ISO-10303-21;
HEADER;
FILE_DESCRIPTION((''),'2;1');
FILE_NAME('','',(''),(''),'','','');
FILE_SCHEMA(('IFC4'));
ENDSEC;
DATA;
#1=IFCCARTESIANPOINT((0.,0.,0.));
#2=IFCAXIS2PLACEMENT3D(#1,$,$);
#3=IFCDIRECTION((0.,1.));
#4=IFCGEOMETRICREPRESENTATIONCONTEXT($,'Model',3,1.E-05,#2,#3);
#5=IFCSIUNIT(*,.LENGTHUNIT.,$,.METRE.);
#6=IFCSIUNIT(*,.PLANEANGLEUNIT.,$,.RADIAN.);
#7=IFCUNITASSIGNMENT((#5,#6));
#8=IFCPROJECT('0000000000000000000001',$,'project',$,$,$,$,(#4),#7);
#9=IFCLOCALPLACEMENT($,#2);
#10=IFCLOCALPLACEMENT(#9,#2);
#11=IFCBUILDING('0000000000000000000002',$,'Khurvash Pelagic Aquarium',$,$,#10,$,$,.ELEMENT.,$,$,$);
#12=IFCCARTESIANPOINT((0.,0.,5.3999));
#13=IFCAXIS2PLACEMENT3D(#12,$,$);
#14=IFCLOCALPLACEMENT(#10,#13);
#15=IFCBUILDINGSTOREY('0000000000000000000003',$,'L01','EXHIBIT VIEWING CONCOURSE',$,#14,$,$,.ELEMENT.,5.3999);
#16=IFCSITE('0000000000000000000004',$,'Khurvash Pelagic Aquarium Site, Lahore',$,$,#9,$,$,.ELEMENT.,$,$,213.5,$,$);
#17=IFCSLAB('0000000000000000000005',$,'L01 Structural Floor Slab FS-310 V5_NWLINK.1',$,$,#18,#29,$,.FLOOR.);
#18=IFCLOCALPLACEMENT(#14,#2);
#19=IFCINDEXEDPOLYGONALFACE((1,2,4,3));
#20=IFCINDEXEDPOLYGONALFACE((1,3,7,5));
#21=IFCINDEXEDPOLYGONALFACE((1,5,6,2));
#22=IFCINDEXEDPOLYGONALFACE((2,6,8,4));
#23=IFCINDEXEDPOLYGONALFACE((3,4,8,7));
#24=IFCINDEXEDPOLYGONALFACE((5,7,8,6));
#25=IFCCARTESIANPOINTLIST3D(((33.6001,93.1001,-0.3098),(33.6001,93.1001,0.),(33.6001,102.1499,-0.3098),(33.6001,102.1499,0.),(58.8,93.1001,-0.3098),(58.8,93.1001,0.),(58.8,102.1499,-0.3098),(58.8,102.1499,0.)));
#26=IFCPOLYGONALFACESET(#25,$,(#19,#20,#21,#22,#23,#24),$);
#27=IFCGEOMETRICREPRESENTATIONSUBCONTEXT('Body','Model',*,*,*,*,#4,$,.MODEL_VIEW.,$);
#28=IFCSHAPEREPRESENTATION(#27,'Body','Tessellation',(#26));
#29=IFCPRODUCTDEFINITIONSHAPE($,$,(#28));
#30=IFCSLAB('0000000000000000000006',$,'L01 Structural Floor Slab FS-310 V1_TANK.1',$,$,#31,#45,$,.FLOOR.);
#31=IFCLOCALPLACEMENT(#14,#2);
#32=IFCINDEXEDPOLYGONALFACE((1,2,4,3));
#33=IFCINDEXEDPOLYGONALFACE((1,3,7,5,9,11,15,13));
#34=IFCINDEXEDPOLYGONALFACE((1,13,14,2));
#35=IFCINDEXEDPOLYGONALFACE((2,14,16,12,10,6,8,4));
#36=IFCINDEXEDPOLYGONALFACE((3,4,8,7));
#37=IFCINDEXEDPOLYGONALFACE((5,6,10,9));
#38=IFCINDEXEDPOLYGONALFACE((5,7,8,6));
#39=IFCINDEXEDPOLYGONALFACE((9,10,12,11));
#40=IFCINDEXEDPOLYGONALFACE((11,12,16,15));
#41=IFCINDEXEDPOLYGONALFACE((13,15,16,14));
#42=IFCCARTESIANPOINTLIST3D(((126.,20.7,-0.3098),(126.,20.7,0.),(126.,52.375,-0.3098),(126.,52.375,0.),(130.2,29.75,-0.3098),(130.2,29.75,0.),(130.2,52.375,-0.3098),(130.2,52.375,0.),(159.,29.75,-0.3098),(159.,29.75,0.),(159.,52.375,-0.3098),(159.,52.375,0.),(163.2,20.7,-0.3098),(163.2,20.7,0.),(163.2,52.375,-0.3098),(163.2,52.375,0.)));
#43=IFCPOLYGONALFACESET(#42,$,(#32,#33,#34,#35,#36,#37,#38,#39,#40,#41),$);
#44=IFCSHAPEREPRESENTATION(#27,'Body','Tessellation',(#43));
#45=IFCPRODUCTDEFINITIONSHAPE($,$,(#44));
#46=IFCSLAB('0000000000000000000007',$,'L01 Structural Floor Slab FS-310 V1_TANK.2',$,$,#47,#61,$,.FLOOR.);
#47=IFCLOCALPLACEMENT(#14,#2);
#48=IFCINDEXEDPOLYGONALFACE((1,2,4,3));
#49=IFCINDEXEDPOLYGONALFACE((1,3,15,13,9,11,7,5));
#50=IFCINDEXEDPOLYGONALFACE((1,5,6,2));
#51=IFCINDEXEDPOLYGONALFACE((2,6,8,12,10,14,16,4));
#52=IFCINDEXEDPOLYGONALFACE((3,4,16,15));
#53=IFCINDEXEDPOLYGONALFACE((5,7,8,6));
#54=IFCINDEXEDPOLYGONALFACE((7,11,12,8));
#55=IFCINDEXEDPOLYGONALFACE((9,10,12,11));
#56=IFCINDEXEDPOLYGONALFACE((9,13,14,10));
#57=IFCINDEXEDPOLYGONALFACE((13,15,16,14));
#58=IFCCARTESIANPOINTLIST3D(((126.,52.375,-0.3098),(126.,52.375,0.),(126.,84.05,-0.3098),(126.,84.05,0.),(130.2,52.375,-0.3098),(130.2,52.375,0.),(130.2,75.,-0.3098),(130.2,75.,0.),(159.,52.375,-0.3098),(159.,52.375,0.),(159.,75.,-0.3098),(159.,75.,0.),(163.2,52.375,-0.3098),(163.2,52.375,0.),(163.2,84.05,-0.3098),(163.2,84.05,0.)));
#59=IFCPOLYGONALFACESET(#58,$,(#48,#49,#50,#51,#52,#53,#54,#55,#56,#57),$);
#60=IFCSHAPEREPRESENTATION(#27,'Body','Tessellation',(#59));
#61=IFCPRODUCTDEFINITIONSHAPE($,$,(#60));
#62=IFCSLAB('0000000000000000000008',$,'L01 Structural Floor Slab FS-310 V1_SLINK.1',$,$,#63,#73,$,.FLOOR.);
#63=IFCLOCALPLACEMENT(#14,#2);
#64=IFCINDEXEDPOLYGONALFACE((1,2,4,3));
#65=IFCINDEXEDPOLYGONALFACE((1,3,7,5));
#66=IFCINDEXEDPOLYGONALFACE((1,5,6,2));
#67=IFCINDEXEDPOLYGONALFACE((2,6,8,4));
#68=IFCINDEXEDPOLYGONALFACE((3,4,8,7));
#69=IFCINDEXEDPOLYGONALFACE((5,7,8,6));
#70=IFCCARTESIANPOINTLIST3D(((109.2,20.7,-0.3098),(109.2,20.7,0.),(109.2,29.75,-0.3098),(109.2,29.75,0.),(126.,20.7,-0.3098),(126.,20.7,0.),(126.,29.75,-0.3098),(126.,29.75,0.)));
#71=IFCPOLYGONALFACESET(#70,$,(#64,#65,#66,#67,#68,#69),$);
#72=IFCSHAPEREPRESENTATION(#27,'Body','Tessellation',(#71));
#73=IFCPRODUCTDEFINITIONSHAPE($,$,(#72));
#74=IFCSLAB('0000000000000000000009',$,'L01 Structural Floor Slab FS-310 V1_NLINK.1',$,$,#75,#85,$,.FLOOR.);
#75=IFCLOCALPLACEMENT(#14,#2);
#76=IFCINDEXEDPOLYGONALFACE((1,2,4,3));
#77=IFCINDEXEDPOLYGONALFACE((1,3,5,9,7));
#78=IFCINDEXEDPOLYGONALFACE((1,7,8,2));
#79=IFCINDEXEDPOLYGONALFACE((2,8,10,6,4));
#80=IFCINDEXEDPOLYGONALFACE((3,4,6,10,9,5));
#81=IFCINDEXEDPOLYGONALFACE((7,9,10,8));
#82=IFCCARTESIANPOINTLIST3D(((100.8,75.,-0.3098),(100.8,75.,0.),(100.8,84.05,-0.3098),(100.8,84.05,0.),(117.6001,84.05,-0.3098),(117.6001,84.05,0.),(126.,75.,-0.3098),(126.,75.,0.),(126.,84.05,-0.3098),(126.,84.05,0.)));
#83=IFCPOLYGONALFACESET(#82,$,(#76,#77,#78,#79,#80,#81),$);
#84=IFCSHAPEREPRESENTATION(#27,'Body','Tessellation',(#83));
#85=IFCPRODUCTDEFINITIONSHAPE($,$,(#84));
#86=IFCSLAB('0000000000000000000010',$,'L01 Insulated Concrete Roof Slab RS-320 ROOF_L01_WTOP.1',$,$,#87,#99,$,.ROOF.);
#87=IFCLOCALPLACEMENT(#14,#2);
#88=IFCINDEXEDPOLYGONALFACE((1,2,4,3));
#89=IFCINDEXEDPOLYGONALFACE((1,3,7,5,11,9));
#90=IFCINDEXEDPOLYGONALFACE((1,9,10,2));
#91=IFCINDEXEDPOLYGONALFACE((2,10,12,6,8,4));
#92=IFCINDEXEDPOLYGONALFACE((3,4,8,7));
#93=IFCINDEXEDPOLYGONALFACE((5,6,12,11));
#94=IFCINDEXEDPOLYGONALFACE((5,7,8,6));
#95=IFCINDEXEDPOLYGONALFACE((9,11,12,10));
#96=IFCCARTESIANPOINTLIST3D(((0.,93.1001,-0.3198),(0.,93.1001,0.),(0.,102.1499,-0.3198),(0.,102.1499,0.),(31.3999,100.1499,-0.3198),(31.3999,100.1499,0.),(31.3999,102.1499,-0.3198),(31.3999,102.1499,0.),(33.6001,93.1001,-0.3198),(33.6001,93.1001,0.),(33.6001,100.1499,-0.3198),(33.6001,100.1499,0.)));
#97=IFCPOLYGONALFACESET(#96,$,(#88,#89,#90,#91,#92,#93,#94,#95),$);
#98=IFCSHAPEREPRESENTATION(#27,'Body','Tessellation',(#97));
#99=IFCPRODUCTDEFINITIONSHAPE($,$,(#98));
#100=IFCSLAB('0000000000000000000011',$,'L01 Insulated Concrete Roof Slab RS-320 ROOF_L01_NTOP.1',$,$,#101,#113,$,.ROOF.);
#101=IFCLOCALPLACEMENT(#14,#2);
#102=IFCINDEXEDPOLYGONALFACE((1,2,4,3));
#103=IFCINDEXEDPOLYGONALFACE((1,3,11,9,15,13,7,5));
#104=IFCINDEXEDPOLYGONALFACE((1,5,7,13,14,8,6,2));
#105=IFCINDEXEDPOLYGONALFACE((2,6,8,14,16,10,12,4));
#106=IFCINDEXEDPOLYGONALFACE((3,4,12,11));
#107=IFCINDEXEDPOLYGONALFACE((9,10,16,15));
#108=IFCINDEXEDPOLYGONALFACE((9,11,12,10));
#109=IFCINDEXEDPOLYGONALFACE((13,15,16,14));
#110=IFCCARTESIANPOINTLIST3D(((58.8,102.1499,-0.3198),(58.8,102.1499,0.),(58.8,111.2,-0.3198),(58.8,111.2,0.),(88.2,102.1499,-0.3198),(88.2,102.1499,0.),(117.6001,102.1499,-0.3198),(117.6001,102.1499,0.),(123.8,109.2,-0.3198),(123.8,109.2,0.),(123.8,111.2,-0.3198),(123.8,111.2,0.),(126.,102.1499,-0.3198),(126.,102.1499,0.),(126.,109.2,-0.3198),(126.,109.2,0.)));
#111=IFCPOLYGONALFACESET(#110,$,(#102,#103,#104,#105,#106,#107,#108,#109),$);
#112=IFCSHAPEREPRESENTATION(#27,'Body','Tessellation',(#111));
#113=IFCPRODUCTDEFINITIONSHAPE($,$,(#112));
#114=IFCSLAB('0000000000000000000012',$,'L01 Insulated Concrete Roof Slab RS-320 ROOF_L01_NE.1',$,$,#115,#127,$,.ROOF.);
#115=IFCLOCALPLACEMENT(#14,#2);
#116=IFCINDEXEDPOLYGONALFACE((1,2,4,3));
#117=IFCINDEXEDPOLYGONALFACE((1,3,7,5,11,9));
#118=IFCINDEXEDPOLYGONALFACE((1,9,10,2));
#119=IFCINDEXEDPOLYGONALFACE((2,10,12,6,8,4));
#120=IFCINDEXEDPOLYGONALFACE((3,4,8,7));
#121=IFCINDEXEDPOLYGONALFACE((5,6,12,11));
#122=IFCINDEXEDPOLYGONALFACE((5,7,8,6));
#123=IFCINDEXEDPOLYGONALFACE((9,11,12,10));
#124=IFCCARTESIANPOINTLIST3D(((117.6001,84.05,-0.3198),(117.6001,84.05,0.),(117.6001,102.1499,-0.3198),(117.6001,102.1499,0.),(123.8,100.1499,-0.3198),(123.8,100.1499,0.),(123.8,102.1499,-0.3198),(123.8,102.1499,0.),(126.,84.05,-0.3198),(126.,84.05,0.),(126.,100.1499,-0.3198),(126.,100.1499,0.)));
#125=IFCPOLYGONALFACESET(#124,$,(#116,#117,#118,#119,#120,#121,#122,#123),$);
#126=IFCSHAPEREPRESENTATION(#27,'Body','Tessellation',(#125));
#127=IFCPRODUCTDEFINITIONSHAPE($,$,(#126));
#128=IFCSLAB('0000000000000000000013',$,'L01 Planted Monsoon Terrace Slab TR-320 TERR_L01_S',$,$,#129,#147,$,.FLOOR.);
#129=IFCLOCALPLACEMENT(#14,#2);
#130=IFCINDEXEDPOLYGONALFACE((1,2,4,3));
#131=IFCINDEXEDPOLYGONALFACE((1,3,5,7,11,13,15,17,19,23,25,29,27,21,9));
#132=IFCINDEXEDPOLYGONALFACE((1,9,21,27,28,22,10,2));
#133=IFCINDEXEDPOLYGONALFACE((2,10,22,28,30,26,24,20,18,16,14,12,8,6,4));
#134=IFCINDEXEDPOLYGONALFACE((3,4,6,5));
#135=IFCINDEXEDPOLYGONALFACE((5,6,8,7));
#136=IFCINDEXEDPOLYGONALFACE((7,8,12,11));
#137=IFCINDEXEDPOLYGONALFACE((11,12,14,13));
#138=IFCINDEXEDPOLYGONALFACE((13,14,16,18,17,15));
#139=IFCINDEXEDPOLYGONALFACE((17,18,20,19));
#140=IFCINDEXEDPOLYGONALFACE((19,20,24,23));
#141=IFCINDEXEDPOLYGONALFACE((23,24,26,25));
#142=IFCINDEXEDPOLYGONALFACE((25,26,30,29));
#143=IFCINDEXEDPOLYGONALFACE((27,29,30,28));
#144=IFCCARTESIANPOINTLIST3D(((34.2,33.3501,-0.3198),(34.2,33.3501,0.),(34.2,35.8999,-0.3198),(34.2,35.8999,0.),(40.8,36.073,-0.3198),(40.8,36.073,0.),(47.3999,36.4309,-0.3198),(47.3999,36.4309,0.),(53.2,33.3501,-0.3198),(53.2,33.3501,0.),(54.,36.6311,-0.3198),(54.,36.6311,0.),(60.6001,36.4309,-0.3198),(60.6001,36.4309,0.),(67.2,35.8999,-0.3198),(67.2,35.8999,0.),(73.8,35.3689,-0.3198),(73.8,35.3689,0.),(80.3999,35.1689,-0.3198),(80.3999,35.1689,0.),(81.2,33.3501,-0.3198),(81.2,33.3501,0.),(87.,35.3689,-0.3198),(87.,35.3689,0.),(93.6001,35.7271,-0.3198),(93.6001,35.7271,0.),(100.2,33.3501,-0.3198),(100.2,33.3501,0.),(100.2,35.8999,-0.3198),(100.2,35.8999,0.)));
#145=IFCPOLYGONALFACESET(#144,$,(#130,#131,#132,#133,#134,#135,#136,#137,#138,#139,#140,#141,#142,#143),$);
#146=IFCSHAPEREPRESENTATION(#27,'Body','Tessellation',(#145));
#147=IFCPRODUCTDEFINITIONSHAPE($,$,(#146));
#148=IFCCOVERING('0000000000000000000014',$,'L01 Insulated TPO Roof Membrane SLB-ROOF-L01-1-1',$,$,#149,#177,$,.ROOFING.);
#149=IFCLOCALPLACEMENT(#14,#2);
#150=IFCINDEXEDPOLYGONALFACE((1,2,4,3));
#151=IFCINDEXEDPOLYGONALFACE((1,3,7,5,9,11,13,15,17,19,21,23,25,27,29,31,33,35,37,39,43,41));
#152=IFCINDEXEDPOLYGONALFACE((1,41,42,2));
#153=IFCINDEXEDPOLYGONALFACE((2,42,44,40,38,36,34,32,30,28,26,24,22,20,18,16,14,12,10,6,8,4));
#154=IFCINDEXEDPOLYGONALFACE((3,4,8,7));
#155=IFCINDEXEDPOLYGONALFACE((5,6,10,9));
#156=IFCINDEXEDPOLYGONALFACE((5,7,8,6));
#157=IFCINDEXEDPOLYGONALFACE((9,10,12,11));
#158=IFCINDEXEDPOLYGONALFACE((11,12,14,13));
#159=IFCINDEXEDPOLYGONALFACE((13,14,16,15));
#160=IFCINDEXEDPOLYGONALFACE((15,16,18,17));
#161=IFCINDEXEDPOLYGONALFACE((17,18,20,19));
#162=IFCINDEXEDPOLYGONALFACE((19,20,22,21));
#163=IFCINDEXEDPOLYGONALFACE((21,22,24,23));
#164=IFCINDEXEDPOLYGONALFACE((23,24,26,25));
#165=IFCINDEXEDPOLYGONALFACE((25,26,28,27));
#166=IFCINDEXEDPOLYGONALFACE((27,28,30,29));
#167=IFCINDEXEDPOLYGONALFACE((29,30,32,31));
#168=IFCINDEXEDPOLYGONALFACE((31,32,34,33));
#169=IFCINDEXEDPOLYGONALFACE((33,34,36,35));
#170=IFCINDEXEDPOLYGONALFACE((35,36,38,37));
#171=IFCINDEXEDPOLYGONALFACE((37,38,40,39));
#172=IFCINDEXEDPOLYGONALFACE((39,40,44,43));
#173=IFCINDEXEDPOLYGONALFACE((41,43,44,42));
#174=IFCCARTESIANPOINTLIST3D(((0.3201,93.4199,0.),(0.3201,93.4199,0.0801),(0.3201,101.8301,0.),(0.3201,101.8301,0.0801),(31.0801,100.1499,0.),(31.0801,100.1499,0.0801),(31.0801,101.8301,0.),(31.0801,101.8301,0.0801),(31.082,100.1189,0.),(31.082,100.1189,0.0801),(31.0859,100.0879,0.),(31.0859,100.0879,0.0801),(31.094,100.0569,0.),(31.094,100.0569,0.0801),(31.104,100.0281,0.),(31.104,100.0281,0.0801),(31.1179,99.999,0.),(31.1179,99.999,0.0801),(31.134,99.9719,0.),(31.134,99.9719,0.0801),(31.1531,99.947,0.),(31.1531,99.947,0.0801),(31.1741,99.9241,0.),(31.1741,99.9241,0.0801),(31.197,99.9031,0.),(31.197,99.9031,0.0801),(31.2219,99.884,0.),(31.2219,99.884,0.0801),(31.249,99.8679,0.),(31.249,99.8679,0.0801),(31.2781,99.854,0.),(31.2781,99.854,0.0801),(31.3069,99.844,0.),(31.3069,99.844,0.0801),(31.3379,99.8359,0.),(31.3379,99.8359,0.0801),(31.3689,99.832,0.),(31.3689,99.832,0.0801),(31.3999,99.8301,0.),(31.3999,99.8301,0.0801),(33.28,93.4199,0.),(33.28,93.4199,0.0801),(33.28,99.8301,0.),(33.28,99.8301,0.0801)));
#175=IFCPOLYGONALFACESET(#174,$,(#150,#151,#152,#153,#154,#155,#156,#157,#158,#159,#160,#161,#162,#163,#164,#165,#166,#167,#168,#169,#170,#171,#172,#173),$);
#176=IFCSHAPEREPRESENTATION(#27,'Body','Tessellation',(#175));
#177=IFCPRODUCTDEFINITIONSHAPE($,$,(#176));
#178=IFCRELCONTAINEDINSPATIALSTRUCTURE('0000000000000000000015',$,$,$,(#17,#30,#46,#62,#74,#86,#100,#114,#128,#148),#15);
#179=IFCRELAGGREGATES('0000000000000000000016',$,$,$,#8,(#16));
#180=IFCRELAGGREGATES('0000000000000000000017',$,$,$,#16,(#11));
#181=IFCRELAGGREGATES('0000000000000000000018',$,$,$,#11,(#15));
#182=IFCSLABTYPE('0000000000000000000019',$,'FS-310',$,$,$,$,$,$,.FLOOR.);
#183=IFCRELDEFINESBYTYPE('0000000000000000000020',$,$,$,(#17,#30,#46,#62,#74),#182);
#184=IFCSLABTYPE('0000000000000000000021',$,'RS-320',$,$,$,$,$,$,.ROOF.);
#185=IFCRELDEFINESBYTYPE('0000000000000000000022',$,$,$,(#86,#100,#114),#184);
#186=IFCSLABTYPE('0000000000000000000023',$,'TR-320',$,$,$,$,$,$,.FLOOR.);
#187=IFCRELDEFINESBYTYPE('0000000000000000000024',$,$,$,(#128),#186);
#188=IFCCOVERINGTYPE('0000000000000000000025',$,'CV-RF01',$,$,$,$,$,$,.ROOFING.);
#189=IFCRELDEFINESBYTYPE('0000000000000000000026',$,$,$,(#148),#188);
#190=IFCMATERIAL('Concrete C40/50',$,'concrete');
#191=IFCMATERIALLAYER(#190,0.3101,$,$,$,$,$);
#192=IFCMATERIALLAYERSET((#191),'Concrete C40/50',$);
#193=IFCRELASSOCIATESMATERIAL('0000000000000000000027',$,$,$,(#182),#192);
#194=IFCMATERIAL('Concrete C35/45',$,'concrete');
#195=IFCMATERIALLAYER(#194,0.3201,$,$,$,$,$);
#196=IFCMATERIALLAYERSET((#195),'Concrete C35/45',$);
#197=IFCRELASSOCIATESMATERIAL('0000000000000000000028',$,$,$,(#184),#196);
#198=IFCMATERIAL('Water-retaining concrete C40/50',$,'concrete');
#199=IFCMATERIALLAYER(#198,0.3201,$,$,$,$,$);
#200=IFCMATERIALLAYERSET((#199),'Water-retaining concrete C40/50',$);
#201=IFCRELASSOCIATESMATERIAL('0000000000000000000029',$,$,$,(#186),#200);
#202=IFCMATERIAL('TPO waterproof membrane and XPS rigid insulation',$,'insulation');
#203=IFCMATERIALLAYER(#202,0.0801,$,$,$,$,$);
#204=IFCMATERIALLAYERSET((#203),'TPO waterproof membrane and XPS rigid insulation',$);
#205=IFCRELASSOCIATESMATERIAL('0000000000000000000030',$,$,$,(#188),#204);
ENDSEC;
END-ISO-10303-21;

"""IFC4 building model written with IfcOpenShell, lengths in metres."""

from ifc_helpers import new_model, si_unit, direction, frame, origin, place, context, subcontext, project, spatial, polyline, outline, extrude, material, layer, layer_set, type_object, element, save


model = new_model("IFC4")

# Units and contexts
model_context = context("Model", 3, precision=1e-05, world=origin(), true_north=direction((0.0, 1.0)))
body_context = subcontext(model_context, "Body", "Model", "MODEL_VIEW")
ifc_project = project(units=[si_unit("LENGTHUNIT", "METRE"), si_unit("PLANEANGLEUNIT", "RADIAN")], contexts=[model_context])

# Site, building, storey
site_placement = place(None, origin())
site = spatial("IfcSite", under=ifc_project, at=site_placement, Name="Khurvash Pelagic Aquarium Site, Lahore", CompositionType="ELEMENT", RefElevation=213.5)
building_placement = place(site_placement, origin())
building = spatial("IfcBuilding", under=site, at=building_placement, Name="Khurvash Pelagic Aquarium", CompositionType="ELEMENT")
storey_placement = place(building_placement, frame((0.0, 0.0, 5.3999)))
storey = spatial("IfcBuildingStorey", under=building, at=storey_placement, Name="L01", Description="EXHIBIT VIEWING CONCOURSE", CompositionType="ELEMENT", Elevation=5.3999)

# Slabs
ifc_material_1 = material(Name="Concrete C40/50", Category="concrete")
ifc_layer_1 = layer(ifc_material_1, 0.3101)
ifc_layer_set_1 = layer_set([ifc_layer_1], Name="Concrete C40/50")
slab_type_1 = type_object("IfcSlabType", Name="FS-310", PredefinedType="FLOOR", material=ifc_layer_set_1)
slab_1_placement = place(storey_placement, frame((0.0, 0.0, -0.3098)))
element("IfcSlab", 1, at=slab_1_placement, inside=storey, type_object=slab_type_1, Name="L01 Structural Floor Slab FS-310 V5_NWLINK.1", PredefinedType="FLOOR", context=body_context, shape_type="SweptSolid", body=[
    extrude(outline(polyline([(58.8, 102.1499), (33.6001, 102.1499), (33.6001, 93.1001), (58.8, 93.1001), (58.8, 102.1499)])), origin(), (0.0, 0.0, 1.0), 0.3098),
])
slab_2_placement = place(storey_placement, frame((0.0, 0.0, -0.3098)))
element("IfcSlab", 2, at=slab_2_placement, inside=storey, type_object=slab_type_1, Name="L01 Structural Floor Slab FS-310 V1_TANK.1", PredefinedType="FLOOR", context=body_context, shape_type="SweptSolid", body=[
    extrude(outline(polyline([(159.0, 52.375), (159.0, 29.75), (130.2, 29.75), (130.2, 52.375), (126.0, 52.375), (126.0, 20.7), (163.2, 20.7), (163.2, 52.375), (159.0, 52.375)])), origin(), (0.0, 0.0, 1.0), 0.3098),
])
slab_3_placement = place(storey_placement, frame((0.0, 0.0, -0.3098)))
element("IfcSlab", 3, at=slab_3_placement, inside=storey, type_object=slab_type_1, Name="L01 Structural Floor Slab FS-310 V1_TANK.2", PredefinedType="FLOOR", context=body_context, shape_type="SweptSolid", body=[
    extrude(outline(polyline([(126.0, 84.05), (126.0, 52.375), (130.2, 52.375), (130.2, 75.0), (159.0, 75.0), (159.0, 52.375), (163.2, 52.375), (163.2, 84.05), (126.0, 84.05)])), origin(), (0.0, 0.0, 1.0), 0.3098),
])
slab_4_placement = place(storey_placement, frame((0.0, 0.0, -0.3098)))
element("IfcSlab", 4, at=slab_4_placement, inside=storey, type_object=slab_type_1, Name="L01 Structural Floor Slab FS-310 V1_SLINK.1", PredefinedType="FLOOR", context=body_context, shape_type="SweptSolid", body=[
    extrude(outline(polyline([(126.0, 29.75), (109.2, 29.75), (109.2, 20.7), (126.0, 20.7), (126.0, 29.75)])), origin(), (0.0, 0.0, 1.0), 0.3098),
])
slab_5_placement = place(storey_placement, frame((0.0, 0.0, -0.3098)))
element("IfcSlab", 5, at=slab_5_placement, inside=storey, type_object=slab_type_1, Name="L01 Structural Floor Slab FS-310 V1_NLINK.1", PredefinedType="FLOOR", context=body_context, shape_type="SweptSolid", body=[
    extrude(outline(polyline([(126.0, 84.05), (117.6001, 84.05), (100.8, 84.05), (100.8, 75.0), (126.0, 75.0), (126.0, 84.05)])), origin(), (0.0, 0.0, 1.0), 0.3098),
])
ifc_material_2 = material(Name="Concrete C35/45", Category="concrete")
ifc_layer_2 = layer(ifc_material_2, 0.3201)
ifc_layer_set_2 = layer_set([ifc_layer_2], Name="Concrete C35/45")
slab_type_2 = type_object("IfcSlabType", Name="RS-320", PredefinedType="ROOF", material=ifc_layer_set_2)
slab_6_placement = place(storey_placement, frame((0.0, 0.0, -0.3198)))
element("IfcSlab", 6, at=slab_6_placement, inside=storey, type_object=slab_type_2, Name="L01 Insulated Concrete Roof Slab RS-320 ROOF_L01_WTOP.1", PredefinedType="ROOF", context=body_context, shape_type="SweptSolid", body=[
    extrude(outline(polyline([(33.6001, 93.1001), (33.6001, 100.1499), (31.3999, 100.1499), (31.3999, 102.1499), (0.0, 102.1499), (0.0, 93.1001), (33.6001, 93.1001)])), origin(), (0.0, 0.0, 1.0), 0.3198),
])
slab_7_placement = place(storey_placement, frame((0.0, 0.0, -0.3198)))
element("IfcSlab", 7, at=slab_7_placement, inside=storey, type_object=slab_type_2, Name="L01 Insulated Concrete Roof Slab RS-320 ROOF_L01_NTOP.1", PredefinedType="ROOF", context=body_context, shape_type="SweptSolid", body=[
    extrude(outline(polyline([(126.0, 102.1499), (126.0, 109.2), (123.8, 109.2), (123.8, 111.2), (58.8, 111.2), (58.8, 102.1499), (88.2, 102.1499), (117.6001, 102.1499), (126.0, 102.1499)])), origin(), (0.0, 0.0, 1.0), 0.3198),
])
slab_8_placement = place(storey_placement, frame((0.0, 0.0, -0.3198)))
element("IfcSlab", 8, at=slab_8_placement, inside=storey, type_object=slab_type_2, Name="L01 Insulated Concrete Roof Slab RS-320 ROOF_L01_NE.1", PredefinedType="ROOF", context=body_context, shape_type="SweptSolid", body=[
    extrude(outline(polyline([(126.0, 84.05), (126.0, 100.1499), (123.8, 100.1499), (123.8, 102.1499), (117.6001, 102.1499), (117.6001, 84.05), (126.0, 84.05)])), origin(), (0.0, 0.0, 1.0), 0.3198),
])
ifc_material_3 = material(Name="Water-retaining concrete C40/50", Category="concrete")
ifc_layer_3 = layer(ifc_material_3, 0.3201)
ifc_layer_set_3 = layer_set([ifc_layer_3], Name="Water-retaining concrete C40/50")
slab_type_3 = type_object("IfcSlabType", Name="TR-320", PredefinedType="FLOOR", material=ifc_layer_set_3)
slab_9_placement = place(storey_placement, frame((0.0, 0.0, -0.3198)))
element("IfcSlab", 9, at=slab_9_placement, inside=storey, type_object=slab_type_3, Name="L01 Planted Monsoon Terrace Slab TR-320 TERR_L01_S", PredefinedType="FLOOR", context=body_context, shape_type="SweptSolid", body=[
    extrude(outline(polyline([(34.2, 33.3501), (53.2, 33.3501), (81.2, 33.3501), (100.2, 33.3501), (100.2, 35.8999), (93.6001, 35.7271), (87.0, 35.3689), (80.3999, 35.1689), (73.8, 35.3689), (67.2, 35.8999), (60.6001, 36.4309), (54.0, 36.6311), (47.3999, 36.4309), (40.8, 36.073), (34.2, 35.8999), (34.2, 33.3501)])), origin(), (0.0, 0.0, 1.0), 0.3198),
])

# Covering
ifc_material_4 = material(Name="TPO waterproof membrane and XPS rigid insulation", Category="insulation")
ifc_layer_4 = layer(ifc_material_4, 0.0801)
ifc_layer_set_4 = layer_set([ifc_layer_4], Name="TPO waterproof membrane and XPS rigid insulation")
covering_type_1 = type_object("IfcCoveringType", Name="CV-RF01", PredefinedType="ROOFING", material=ifc_layer_set_4)
covering_1_placement = place(storey_placement, origin())
element("IfcCovering", 10, at=covering_1_placement, inside=storey, type_object=covering_type_1, Name="L01 Insulated TPO Roof Membrane SLB-ROOF-L01-1-1", PredefinedType="ROOFING", context=body_context, shape_type="SweptSolid", body=[
    extrude(outline(polyline([(33.28, 93.4199), (0.3201, 93.4199), (0.3201, 101.8301), (31.0801, 101.8301), (31.0801, 100.1499), (31.082, 100.1189), (31.0859, 100.0879), (31.094, 100.0569), (31.104, 100.0281), (31.1179, 99.999), (31.134, 99.9719), (31.1531, 99.947), (31.1741, 99.9241), (31.197, 99.9031), (31.2219, 99.884), (31.249, 99.8679), (31.2781, 99.854), (31.3069, 99.844), (31.3379, 99.8359), (31.3689, 99.832), (31.3999, 99.8301), (33.28, 99.8301), (33.28, 93.4199)])), origin(), (0.0, 0.0, 1.0), 0.0801),
])

save(model, "model.ifc")
